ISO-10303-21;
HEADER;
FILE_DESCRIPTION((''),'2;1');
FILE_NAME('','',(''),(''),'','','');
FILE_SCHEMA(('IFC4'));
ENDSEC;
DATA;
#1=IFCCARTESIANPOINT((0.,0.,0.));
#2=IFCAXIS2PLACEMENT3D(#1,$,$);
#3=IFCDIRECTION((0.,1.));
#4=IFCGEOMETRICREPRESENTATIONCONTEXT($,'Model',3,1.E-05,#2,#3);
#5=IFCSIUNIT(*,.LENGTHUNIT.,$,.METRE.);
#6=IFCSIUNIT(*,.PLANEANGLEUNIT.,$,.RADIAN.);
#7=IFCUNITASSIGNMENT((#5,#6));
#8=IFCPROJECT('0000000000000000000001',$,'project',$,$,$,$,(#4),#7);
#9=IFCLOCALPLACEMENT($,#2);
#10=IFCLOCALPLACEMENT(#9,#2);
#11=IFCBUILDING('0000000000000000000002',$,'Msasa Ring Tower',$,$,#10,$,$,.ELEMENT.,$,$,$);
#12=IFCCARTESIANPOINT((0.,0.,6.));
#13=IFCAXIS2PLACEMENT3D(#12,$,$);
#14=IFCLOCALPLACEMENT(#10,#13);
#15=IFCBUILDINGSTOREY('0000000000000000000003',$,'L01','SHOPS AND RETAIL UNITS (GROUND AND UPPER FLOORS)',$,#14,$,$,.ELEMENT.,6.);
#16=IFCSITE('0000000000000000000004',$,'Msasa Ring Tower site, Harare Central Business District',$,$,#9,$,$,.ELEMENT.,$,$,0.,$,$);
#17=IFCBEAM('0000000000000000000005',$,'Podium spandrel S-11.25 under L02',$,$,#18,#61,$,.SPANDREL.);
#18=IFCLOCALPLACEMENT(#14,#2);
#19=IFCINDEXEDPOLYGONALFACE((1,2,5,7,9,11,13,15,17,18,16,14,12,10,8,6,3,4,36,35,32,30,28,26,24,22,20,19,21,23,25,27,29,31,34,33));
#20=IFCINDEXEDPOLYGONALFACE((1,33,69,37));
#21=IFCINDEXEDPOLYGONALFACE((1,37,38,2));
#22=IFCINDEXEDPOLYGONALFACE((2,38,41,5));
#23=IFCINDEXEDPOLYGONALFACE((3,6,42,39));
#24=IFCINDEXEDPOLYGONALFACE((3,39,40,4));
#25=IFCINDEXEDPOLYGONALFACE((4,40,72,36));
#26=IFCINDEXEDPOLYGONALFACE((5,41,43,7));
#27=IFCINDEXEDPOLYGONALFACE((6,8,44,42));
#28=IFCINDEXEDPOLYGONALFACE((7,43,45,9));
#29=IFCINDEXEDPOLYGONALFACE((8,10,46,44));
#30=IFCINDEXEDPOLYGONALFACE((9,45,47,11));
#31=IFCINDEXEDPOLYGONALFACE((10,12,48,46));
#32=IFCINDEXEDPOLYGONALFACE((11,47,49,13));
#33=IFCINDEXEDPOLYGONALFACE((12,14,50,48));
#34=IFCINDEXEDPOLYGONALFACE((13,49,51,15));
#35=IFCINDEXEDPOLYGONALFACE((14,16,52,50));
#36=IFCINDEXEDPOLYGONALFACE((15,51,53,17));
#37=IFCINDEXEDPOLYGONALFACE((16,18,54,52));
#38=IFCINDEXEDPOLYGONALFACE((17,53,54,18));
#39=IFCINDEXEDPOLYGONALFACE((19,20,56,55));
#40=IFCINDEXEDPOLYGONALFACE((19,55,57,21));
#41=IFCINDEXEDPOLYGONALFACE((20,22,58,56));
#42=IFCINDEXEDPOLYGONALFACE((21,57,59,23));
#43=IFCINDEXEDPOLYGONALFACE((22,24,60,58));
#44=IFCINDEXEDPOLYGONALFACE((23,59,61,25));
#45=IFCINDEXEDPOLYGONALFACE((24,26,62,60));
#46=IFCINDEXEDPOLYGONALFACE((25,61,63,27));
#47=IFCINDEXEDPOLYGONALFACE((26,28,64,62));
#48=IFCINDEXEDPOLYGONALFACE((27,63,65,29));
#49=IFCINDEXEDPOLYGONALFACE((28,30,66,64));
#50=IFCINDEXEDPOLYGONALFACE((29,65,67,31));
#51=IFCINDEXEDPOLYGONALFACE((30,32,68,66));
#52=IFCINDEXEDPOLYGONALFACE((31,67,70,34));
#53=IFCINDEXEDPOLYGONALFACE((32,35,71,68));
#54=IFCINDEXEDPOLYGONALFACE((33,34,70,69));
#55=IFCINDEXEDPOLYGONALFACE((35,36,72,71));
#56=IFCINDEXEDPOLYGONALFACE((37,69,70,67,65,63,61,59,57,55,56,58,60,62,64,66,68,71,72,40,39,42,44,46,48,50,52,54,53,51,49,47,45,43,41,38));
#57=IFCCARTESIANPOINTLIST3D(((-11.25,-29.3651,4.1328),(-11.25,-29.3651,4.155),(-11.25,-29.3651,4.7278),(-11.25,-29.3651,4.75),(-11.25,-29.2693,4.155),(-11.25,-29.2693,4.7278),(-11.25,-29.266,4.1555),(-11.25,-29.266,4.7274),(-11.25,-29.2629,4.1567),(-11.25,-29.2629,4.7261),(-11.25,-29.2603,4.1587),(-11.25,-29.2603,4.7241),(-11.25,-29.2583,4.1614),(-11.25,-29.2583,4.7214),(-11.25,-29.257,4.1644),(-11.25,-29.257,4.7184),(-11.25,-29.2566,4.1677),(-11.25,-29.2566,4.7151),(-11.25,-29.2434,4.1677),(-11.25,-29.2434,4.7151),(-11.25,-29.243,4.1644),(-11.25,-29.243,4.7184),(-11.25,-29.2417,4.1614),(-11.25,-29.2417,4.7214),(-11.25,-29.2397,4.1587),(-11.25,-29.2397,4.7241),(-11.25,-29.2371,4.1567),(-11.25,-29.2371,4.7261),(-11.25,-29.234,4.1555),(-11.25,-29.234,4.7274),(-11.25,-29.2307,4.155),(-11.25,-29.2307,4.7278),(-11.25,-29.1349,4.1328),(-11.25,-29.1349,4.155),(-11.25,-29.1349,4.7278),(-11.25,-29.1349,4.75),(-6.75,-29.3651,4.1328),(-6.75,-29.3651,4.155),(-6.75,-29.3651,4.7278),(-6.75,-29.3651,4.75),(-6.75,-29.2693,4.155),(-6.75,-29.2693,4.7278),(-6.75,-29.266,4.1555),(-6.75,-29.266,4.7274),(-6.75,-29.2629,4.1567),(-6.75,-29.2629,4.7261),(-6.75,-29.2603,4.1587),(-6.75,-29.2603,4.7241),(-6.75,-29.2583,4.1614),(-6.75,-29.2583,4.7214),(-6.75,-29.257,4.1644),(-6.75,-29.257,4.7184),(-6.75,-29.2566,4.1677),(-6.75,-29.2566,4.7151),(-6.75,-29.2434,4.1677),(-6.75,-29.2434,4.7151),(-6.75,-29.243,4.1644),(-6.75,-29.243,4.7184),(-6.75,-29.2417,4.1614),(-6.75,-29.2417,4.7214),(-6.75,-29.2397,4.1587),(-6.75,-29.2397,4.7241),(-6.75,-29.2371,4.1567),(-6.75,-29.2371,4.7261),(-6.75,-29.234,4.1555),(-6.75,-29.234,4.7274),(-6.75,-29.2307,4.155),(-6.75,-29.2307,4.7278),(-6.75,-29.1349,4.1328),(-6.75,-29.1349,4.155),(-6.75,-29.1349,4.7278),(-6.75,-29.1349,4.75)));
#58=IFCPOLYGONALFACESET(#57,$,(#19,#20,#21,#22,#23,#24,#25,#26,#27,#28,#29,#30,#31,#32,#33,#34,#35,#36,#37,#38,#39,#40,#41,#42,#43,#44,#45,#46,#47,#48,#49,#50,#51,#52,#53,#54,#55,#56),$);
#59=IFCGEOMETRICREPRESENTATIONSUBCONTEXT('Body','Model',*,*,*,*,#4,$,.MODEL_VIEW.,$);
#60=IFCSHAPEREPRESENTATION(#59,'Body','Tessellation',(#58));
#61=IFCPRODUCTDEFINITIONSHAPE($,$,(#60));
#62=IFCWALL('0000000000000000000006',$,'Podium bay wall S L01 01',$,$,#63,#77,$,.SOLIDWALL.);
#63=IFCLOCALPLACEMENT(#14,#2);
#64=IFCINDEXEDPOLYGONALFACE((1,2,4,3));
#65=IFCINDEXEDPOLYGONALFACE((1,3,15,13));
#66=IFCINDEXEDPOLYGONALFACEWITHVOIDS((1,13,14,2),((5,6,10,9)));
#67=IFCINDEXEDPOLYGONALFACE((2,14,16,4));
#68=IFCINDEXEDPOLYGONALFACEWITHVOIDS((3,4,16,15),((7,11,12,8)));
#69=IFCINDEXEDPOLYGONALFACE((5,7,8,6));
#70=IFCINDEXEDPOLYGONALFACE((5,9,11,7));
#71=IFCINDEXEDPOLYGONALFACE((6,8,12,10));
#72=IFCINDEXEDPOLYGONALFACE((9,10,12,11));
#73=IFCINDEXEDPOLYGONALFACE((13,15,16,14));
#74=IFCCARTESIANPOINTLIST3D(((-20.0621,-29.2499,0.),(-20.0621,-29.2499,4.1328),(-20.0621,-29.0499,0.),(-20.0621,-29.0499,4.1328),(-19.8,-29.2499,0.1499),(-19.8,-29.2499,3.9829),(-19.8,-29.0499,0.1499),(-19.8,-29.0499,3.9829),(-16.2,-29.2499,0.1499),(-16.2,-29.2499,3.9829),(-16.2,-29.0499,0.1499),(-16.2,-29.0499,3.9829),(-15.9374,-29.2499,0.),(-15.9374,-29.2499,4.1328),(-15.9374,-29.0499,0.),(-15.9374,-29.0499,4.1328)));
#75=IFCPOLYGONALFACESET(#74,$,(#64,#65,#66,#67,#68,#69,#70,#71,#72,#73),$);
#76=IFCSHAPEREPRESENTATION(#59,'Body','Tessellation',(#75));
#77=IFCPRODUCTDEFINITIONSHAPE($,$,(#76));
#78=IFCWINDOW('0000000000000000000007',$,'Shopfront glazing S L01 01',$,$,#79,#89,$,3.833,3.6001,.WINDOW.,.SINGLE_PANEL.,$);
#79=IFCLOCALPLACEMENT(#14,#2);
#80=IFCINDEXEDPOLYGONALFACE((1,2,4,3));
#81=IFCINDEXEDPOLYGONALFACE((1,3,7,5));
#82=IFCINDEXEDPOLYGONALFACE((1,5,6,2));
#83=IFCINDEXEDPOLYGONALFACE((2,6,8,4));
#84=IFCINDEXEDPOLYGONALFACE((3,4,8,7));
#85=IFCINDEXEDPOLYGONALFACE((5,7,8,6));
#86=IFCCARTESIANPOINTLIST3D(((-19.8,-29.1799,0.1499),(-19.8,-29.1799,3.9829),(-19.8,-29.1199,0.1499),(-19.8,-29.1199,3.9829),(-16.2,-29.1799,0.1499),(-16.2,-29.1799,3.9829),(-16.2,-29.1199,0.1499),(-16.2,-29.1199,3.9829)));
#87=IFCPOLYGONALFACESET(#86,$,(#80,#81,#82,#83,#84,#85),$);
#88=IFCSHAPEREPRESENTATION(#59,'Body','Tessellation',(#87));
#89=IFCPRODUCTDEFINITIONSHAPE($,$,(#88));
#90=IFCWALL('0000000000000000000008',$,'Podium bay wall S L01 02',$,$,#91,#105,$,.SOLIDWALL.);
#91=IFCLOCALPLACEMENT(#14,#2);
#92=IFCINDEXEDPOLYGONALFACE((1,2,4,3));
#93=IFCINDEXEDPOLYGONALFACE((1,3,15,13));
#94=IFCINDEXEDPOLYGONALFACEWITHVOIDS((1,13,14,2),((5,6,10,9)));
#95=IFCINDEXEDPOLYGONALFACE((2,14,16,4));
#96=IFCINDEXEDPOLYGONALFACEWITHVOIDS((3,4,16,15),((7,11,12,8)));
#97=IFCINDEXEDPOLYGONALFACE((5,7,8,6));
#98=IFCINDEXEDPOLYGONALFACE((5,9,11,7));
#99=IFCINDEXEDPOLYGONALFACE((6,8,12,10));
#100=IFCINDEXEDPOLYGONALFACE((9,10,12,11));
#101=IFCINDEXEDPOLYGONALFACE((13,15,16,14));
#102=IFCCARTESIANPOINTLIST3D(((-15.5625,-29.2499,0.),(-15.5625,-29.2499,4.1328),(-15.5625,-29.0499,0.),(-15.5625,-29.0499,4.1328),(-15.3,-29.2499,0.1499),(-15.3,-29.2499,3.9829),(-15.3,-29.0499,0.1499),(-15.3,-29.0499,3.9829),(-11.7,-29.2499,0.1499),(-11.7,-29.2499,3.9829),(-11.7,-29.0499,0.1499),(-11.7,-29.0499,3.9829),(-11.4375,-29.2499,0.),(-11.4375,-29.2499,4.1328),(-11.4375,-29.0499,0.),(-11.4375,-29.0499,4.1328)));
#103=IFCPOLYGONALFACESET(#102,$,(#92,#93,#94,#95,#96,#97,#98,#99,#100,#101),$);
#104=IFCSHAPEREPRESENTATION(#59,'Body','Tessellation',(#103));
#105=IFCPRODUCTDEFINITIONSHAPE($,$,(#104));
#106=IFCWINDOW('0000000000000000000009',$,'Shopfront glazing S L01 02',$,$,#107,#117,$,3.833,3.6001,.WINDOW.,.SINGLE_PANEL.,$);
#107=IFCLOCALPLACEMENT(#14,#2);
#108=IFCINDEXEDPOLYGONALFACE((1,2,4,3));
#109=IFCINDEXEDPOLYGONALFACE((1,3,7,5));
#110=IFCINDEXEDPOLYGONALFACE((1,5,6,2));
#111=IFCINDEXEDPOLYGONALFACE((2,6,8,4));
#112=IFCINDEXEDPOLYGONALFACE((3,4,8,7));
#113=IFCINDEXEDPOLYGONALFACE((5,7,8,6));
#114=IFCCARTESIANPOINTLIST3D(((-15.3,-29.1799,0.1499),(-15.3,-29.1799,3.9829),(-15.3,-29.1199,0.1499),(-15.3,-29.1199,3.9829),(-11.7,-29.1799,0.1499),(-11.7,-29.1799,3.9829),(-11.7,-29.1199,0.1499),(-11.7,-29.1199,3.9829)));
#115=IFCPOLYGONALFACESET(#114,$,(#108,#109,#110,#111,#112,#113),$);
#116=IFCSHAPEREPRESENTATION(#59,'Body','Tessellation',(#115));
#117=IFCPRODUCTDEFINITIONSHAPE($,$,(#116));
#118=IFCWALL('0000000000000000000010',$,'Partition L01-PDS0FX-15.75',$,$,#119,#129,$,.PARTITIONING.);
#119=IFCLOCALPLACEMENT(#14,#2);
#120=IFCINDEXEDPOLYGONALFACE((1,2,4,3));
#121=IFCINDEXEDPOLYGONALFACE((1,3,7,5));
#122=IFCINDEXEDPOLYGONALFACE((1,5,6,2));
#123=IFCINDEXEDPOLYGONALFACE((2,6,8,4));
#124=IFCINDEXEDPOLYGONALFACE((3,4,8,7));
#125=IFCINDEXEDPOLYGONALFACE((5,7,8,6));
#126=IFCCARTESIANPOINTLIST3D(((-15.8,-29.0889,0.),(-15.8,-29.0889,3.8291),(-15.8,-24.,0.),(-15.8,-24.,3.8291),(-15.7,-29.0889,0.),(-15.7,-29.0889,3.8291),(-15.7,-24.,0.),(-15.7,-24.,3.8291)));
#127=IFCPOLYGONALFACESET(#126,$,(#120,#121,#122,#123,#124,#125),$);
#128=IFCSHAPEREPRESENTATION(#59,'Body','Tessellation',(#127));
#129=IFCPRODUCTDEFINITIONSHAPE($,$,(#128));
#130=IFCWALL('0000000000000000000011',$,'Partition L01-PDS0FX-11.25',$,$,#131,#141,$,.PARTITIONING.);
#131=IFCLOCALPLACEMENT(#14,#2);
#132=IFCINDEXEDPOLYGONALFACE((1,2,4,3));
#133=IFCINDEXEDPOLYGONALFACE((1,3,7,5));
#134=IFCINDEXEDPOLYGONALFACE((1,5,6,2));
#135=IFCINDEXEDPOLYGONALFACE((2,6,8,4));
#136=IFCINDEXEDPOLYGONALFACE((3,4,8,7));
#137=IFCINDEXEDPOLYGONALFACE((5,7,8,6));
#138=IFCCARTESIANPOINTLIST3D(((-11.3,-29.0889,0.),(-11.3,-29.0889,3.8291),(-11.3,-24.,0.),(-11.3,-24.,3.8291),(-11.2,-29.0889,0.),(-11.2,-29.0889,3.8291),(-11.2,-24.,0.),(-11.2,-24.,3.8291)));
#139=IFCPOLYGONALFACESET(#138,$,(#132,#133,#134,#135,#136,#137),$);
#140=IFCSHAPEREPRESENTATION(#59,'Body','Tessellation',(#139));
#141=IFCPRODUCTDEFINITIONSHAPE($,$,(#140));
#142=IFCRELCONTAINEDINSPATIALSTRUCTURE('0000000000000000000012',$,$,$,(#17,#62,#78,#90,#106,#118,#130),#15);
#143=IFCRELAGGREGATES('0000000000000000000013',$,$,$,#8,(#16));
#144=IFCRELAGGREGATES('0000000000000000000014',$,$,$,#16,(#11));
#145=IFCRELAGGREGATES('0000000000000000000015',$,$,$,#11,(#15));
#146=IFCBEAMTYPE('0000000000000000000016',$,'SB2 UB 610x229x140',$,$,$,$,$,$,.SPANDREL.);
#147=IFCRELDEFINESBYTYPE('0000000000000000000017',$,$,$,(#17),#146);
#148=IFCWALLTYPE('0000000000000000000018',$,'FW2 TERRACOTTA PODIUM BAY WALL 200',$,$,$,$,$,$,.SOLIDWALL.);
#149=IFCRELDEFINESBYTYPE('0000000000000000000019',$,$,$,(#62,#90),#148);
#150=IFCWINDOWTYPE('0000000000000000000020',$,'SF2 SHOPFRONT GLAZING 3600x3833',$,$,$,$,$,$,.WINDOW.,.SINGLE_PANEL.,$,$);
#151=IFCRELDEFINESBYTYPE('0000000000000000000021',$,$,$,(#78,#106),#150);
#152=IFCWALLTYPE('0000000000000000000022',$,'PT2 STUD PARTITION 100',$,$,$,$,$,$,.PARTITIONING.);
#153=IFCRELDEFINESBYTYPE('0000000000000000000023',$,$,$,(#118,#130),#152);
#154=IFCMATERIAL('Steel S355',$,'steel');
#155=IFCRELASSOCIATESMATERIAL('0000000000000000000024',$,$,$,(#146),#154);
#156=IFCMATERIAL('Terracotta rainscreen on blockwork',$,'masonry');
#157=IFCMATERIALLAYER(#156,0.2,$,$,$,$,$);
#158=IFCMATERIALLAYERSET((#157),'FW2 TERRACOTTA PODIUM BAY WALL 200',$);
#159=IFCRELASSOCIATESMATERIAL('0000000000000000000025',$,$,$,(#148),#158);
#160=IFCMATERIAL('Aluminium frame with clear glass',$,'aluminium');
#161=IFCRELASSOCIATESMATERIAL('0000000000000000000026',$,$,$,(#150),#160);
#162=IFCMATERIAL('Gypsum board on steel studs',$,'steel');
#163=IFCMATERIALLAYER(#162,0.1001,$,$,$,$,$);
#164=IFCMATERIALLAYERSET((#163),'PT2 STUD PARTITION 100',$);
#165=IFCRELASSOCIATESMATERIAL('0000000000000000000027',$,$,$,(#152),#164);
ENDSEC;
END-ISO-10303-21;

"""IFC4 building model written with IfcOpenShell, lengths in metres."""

from ifc_helpers import new_model, si_unit, direction, frame, frame_2d, origin, origin_2d, place, context, subcontext, project, spatial, rectangle, i_section, extrude, material, layer, layer_set, material_profile, profile_set, type_object, element, fill, save


model = new_model("IFC4")

# Units and contexts
model_context = context("Model", 3, precision=1e-05, world=origin(), true_north=direction((0.0, 1.0)))
body_context = subcontext(model_context, "Body", "Model", "MODEL_VIEW")
ifc_project = project(units=[si_unit("LENGTHUNIT", "METRE"), si_unit("PLANEANGLEUNIT", "RADIAN")], contexts=[model_context])

# Site, building, storey
site_placement = place(None, origin())
site = spatial("IfcSite", under=ifc_project, at=site_placement, Name="Msasa Ring Tower site, Harare Central Business District", CompositionType="ELEMENT", RefElevation=0.0)
building_placement = place(site_placement, origin())
building = spatial("IfcBuilding", under=site, at=building_placement, Name="Msasa Ring Tower", CompositionType="ELEMENT")
storey_placement = place(building_placement, frame((0.0, 0.0, 6.0)))
storey = spatial("IfcBuildingStorey", under=building, at=storey_placement, Name="L01", Description="SHOPS AND RETAIL UNITS (GROUND AND UPPER FLOORS)", CompositionType="ELEMENT", Elevation=6.0)

# Beam
ifc_material_1 = material(Name="Steel S355", Category="steel")
ifc_material_profile_1 = material_profile(ifc_material_1, i_section(OverallWidth=0.2302, OverallDepth=0.6172, WebThickness=0.0132, FlangeThickness=0.0222, FilletRadius=0.0127, at=origin_2d()), Name="UB 610x229x140")
ifc_profile_set_1 = profile_set([ifc_material_profile_1], Name="Steel S355")
beam_type_1 = type_object("IfcBeamType", Name="SB2 UB 610x229x140", PredefinedType="SPANDREL", material=ifc_profile_set_1)
for number, where, z_axis, x_axis, name in (
    (1, (-11.25, -29.25, 4.4414), (1.0, 0.0, 0.0), (0.0, 1.0, 0.0), "Podium spandrel S-11.25 under L02"),
):
    element("IfcBeam", number, at=place(storey_placement, frame(where, z_axis=z_axis, x_axis=x_axis)), inside=storey, type_object=beam_type_1, Name=name, PredefinedType="SPANDREL", context=body_context, shape_type="SweptSolid", body=[
        extrude(i_section(OverallWidth=0.2302, OverallDepth=0.6172, WebThickness=0.0132, FlangeThickness=0.0222, FilletRadius=0.0127, at=origin_2d()), origin(), (0.0, 0.0, 1.0), 4.5),
    ])

# Walls, openings, windows
ifc_material_2 = material(Name="Terracotta rainscreen on blockwork", Category="masonry")
ifc_layer_1 = layer(ifc_material_2, 0.2)
ifc_layer_set_1 = layer_set([ifc_layer_1], Name="FW2 TERRACOTTA PODIUM BAY WALL 200")
wall_type_1 = type_object("IfcWallType", Name="FW2 TERRACOTTA PODIUM BAY WALL 200", PredefinedType="SOLIDWALL", material=ifc_layer_set_1)
wall_1_placement = place(storey_placement, frame((-20.0623, -29.1499, 0.0), z_axis=(0.0, 0.0, 1.0), x_axis=(1.0, 0.0, 0.0)))
wall_1 = element("IfcWall", 2, at=wall_1_placement, inside=storey, type_object=wall_type_1, Name="Podium bay wall S L01 01", PredefinedType="SOLIDWALL", context=body_context, shape_type="SweptSolid", body=[
    extrude(rectangle(XDim=4.1248, YDim=0.2, at=frame_2d((2.0625, 0.0))), origin(), (0.0, 0.0, 1.0), 4.1328),
])
opening_1_placement = place(wall_1_placement, frame((0.2622, 0.0, 0.1499)))
opening_1 = element("IfcOpeningElement", 3, at=opening_1_placement, cuts=wall_1, PredefinedType="OPENING", context=body_context, shape_type="SweptSolid", body=[
    extrude(rectangle(XDim=3.6001, YDim=3.833, at=frame_2d((1.8, 1.9165))), frame((0.0, 0.1099, 0.0), z_axis=(0.0, -1.0, 0.0), x_axis=(1.0, 0.0, 0.0)), (0.0, 0.0, 1.0), 0.22),
])
ifc_material_3 = material(Name="Aluminium frame with clear glass", Category="aluminium")
window_type = type_object("IfcWindowType", Name="SF2 SHOPFRONT GLAZING 3600x3833", PartitioningType="SINGLE_PANEL", PredefinedType="WINDOW", material=ifc_material_3)
window_1_placement = place(opening_1_placement, origin())
window_1 = element("IfcWindow", 4, at=window_1_placement, inside=storey, type_object=window_type, Name="Shopfront glazing S L01 01", OverallHeight=3.833, OverallWidth=3.6001, PartitioningType="SINGLE_PANEL", PredefinedType="WINDOW", context=body_context, shape_type="SweptSolid", body=[
    extrude(rectangle(XDim=3.6001, YDim=3.833, at=frame_2d((1.8, 1.9165))), frame((0.0, 0.03, 0.0), z_axis=(0.0, -1.0, 0.0), x_axis=(1.0, 0.0, 0.0)), (0.0, 0.0, 1.0), 0.0601),
])
fill(opening_1, window_1)
wall_2_placement = place(storey_placement, frame((-15.5625, -29.1499, 0.0), z_axis=(0.0, 0.0, 1.0), x_axis=(1.0, 0.0, 0.0)))
wall_2 = element("IfcWall", 5, at=wall_2_placement, inside=storey, type_object=wall_type_1, Name="Podium bay wall S L01 02", PredefinedType="SOLIDWALL", context=body_context, shape_type="SweptSolid", body=[
    extrude(rectangle(XDim=4.125, YDim=0.2, at=frame_2d((2.0625, 0.0))), origin(), (0.0, 0.0, 1.0), 4.1328),
])
opening_2_placement = place(wall_2_placement, frame((0.2625, 0.0, 0.1499)))
opening_2 = element("IfcOpeningElement", 6, at=opening_2_placement, cuts=wall_2, PredefinedType="OPENING", context=body_context, shape_type="SweptSolid", body=[
    extrude(rectangle(XDim=3.6001, YDim=3.833, at=frame_2d((1.8, 1.9165))), frame((0.0, 0.1099, 0.0), z_axis=(0.0, -1.0, 0.0), x_axis=(1.0, 0.0, 0.0)), (0.0, 0.0, 1.0), 0.22),
])
window_2_placement = place(opening_2_placement, origin())
window_2 = element("IfcWindow", 7, at=window_2_placement, inside=storey, type_object=window_type, Name="Shopfront glazing S L01 02", OverallHeight=3.833, OverallWidth=3.6001, PartitioningType="SINGLE_PANEL", PredefinedType="WINDOW", context=body_context, shape_type="SweptSolid", body=[
    extrude(rectangle(XDim=3.6001, YDim=3.833, at=frame_2d((1.8, 1.9165))), frame((0.0, 0.03, 0.0), z_axis=(0.0, -1.0, 0.0), x_axis=(1.0, 0.0, 0.0)), (0.0, 0.0, 1.0), 0.0601),
])
fill(opening_2, window_2)

# Walls
ifc_material_4 = material(Name="Gypsum board on steel studs", Category="steel")
ifc_layer_2 = layer(ifc_material_4, 0.1001)
ifc_layer_set_2 = layer_set([ifc_layer_2], Name="PT2 STUD PARTITION 100")
wall_type_2 = type_object("IfcWallType", Name="PT2 STUD PARTITION 100", PredefinedType="PARTITIONING", material=ifc_layer_set_2)
for number, where, z_axis, x_axis, name in (
    (8, (-15.75, -29.0889, 0.0), (0.0, 0.0, 1.0), (0.0, 1.0, 0.0), "Partition L01-PDS0FX-15.75"),
    (9, (-11.25, -29.0889, 0.0), (0.0, 0.0, 1.0), (0.0, 1.0, 0.0), "Partition L01-PDS0FX-11.25"),
):
    element("IfcWall", number, at=place(storey_placement, frame(where, z_axis=z_axis, x_axis=x_axis)), inside=storey, type_object=wall_type_2, Name=name, PredefinedType="PARTITIONING", context=body_context, shape_type="SweptSolid", body=[
        extrude(rectangle(XDim=5.0889, YDim=0.1001, at=frame_2d((2.5444, 0.0))), origin(), (0.0, 0.0, 1.0), 3.8291),
    ])

save(model, "model.ifc")
